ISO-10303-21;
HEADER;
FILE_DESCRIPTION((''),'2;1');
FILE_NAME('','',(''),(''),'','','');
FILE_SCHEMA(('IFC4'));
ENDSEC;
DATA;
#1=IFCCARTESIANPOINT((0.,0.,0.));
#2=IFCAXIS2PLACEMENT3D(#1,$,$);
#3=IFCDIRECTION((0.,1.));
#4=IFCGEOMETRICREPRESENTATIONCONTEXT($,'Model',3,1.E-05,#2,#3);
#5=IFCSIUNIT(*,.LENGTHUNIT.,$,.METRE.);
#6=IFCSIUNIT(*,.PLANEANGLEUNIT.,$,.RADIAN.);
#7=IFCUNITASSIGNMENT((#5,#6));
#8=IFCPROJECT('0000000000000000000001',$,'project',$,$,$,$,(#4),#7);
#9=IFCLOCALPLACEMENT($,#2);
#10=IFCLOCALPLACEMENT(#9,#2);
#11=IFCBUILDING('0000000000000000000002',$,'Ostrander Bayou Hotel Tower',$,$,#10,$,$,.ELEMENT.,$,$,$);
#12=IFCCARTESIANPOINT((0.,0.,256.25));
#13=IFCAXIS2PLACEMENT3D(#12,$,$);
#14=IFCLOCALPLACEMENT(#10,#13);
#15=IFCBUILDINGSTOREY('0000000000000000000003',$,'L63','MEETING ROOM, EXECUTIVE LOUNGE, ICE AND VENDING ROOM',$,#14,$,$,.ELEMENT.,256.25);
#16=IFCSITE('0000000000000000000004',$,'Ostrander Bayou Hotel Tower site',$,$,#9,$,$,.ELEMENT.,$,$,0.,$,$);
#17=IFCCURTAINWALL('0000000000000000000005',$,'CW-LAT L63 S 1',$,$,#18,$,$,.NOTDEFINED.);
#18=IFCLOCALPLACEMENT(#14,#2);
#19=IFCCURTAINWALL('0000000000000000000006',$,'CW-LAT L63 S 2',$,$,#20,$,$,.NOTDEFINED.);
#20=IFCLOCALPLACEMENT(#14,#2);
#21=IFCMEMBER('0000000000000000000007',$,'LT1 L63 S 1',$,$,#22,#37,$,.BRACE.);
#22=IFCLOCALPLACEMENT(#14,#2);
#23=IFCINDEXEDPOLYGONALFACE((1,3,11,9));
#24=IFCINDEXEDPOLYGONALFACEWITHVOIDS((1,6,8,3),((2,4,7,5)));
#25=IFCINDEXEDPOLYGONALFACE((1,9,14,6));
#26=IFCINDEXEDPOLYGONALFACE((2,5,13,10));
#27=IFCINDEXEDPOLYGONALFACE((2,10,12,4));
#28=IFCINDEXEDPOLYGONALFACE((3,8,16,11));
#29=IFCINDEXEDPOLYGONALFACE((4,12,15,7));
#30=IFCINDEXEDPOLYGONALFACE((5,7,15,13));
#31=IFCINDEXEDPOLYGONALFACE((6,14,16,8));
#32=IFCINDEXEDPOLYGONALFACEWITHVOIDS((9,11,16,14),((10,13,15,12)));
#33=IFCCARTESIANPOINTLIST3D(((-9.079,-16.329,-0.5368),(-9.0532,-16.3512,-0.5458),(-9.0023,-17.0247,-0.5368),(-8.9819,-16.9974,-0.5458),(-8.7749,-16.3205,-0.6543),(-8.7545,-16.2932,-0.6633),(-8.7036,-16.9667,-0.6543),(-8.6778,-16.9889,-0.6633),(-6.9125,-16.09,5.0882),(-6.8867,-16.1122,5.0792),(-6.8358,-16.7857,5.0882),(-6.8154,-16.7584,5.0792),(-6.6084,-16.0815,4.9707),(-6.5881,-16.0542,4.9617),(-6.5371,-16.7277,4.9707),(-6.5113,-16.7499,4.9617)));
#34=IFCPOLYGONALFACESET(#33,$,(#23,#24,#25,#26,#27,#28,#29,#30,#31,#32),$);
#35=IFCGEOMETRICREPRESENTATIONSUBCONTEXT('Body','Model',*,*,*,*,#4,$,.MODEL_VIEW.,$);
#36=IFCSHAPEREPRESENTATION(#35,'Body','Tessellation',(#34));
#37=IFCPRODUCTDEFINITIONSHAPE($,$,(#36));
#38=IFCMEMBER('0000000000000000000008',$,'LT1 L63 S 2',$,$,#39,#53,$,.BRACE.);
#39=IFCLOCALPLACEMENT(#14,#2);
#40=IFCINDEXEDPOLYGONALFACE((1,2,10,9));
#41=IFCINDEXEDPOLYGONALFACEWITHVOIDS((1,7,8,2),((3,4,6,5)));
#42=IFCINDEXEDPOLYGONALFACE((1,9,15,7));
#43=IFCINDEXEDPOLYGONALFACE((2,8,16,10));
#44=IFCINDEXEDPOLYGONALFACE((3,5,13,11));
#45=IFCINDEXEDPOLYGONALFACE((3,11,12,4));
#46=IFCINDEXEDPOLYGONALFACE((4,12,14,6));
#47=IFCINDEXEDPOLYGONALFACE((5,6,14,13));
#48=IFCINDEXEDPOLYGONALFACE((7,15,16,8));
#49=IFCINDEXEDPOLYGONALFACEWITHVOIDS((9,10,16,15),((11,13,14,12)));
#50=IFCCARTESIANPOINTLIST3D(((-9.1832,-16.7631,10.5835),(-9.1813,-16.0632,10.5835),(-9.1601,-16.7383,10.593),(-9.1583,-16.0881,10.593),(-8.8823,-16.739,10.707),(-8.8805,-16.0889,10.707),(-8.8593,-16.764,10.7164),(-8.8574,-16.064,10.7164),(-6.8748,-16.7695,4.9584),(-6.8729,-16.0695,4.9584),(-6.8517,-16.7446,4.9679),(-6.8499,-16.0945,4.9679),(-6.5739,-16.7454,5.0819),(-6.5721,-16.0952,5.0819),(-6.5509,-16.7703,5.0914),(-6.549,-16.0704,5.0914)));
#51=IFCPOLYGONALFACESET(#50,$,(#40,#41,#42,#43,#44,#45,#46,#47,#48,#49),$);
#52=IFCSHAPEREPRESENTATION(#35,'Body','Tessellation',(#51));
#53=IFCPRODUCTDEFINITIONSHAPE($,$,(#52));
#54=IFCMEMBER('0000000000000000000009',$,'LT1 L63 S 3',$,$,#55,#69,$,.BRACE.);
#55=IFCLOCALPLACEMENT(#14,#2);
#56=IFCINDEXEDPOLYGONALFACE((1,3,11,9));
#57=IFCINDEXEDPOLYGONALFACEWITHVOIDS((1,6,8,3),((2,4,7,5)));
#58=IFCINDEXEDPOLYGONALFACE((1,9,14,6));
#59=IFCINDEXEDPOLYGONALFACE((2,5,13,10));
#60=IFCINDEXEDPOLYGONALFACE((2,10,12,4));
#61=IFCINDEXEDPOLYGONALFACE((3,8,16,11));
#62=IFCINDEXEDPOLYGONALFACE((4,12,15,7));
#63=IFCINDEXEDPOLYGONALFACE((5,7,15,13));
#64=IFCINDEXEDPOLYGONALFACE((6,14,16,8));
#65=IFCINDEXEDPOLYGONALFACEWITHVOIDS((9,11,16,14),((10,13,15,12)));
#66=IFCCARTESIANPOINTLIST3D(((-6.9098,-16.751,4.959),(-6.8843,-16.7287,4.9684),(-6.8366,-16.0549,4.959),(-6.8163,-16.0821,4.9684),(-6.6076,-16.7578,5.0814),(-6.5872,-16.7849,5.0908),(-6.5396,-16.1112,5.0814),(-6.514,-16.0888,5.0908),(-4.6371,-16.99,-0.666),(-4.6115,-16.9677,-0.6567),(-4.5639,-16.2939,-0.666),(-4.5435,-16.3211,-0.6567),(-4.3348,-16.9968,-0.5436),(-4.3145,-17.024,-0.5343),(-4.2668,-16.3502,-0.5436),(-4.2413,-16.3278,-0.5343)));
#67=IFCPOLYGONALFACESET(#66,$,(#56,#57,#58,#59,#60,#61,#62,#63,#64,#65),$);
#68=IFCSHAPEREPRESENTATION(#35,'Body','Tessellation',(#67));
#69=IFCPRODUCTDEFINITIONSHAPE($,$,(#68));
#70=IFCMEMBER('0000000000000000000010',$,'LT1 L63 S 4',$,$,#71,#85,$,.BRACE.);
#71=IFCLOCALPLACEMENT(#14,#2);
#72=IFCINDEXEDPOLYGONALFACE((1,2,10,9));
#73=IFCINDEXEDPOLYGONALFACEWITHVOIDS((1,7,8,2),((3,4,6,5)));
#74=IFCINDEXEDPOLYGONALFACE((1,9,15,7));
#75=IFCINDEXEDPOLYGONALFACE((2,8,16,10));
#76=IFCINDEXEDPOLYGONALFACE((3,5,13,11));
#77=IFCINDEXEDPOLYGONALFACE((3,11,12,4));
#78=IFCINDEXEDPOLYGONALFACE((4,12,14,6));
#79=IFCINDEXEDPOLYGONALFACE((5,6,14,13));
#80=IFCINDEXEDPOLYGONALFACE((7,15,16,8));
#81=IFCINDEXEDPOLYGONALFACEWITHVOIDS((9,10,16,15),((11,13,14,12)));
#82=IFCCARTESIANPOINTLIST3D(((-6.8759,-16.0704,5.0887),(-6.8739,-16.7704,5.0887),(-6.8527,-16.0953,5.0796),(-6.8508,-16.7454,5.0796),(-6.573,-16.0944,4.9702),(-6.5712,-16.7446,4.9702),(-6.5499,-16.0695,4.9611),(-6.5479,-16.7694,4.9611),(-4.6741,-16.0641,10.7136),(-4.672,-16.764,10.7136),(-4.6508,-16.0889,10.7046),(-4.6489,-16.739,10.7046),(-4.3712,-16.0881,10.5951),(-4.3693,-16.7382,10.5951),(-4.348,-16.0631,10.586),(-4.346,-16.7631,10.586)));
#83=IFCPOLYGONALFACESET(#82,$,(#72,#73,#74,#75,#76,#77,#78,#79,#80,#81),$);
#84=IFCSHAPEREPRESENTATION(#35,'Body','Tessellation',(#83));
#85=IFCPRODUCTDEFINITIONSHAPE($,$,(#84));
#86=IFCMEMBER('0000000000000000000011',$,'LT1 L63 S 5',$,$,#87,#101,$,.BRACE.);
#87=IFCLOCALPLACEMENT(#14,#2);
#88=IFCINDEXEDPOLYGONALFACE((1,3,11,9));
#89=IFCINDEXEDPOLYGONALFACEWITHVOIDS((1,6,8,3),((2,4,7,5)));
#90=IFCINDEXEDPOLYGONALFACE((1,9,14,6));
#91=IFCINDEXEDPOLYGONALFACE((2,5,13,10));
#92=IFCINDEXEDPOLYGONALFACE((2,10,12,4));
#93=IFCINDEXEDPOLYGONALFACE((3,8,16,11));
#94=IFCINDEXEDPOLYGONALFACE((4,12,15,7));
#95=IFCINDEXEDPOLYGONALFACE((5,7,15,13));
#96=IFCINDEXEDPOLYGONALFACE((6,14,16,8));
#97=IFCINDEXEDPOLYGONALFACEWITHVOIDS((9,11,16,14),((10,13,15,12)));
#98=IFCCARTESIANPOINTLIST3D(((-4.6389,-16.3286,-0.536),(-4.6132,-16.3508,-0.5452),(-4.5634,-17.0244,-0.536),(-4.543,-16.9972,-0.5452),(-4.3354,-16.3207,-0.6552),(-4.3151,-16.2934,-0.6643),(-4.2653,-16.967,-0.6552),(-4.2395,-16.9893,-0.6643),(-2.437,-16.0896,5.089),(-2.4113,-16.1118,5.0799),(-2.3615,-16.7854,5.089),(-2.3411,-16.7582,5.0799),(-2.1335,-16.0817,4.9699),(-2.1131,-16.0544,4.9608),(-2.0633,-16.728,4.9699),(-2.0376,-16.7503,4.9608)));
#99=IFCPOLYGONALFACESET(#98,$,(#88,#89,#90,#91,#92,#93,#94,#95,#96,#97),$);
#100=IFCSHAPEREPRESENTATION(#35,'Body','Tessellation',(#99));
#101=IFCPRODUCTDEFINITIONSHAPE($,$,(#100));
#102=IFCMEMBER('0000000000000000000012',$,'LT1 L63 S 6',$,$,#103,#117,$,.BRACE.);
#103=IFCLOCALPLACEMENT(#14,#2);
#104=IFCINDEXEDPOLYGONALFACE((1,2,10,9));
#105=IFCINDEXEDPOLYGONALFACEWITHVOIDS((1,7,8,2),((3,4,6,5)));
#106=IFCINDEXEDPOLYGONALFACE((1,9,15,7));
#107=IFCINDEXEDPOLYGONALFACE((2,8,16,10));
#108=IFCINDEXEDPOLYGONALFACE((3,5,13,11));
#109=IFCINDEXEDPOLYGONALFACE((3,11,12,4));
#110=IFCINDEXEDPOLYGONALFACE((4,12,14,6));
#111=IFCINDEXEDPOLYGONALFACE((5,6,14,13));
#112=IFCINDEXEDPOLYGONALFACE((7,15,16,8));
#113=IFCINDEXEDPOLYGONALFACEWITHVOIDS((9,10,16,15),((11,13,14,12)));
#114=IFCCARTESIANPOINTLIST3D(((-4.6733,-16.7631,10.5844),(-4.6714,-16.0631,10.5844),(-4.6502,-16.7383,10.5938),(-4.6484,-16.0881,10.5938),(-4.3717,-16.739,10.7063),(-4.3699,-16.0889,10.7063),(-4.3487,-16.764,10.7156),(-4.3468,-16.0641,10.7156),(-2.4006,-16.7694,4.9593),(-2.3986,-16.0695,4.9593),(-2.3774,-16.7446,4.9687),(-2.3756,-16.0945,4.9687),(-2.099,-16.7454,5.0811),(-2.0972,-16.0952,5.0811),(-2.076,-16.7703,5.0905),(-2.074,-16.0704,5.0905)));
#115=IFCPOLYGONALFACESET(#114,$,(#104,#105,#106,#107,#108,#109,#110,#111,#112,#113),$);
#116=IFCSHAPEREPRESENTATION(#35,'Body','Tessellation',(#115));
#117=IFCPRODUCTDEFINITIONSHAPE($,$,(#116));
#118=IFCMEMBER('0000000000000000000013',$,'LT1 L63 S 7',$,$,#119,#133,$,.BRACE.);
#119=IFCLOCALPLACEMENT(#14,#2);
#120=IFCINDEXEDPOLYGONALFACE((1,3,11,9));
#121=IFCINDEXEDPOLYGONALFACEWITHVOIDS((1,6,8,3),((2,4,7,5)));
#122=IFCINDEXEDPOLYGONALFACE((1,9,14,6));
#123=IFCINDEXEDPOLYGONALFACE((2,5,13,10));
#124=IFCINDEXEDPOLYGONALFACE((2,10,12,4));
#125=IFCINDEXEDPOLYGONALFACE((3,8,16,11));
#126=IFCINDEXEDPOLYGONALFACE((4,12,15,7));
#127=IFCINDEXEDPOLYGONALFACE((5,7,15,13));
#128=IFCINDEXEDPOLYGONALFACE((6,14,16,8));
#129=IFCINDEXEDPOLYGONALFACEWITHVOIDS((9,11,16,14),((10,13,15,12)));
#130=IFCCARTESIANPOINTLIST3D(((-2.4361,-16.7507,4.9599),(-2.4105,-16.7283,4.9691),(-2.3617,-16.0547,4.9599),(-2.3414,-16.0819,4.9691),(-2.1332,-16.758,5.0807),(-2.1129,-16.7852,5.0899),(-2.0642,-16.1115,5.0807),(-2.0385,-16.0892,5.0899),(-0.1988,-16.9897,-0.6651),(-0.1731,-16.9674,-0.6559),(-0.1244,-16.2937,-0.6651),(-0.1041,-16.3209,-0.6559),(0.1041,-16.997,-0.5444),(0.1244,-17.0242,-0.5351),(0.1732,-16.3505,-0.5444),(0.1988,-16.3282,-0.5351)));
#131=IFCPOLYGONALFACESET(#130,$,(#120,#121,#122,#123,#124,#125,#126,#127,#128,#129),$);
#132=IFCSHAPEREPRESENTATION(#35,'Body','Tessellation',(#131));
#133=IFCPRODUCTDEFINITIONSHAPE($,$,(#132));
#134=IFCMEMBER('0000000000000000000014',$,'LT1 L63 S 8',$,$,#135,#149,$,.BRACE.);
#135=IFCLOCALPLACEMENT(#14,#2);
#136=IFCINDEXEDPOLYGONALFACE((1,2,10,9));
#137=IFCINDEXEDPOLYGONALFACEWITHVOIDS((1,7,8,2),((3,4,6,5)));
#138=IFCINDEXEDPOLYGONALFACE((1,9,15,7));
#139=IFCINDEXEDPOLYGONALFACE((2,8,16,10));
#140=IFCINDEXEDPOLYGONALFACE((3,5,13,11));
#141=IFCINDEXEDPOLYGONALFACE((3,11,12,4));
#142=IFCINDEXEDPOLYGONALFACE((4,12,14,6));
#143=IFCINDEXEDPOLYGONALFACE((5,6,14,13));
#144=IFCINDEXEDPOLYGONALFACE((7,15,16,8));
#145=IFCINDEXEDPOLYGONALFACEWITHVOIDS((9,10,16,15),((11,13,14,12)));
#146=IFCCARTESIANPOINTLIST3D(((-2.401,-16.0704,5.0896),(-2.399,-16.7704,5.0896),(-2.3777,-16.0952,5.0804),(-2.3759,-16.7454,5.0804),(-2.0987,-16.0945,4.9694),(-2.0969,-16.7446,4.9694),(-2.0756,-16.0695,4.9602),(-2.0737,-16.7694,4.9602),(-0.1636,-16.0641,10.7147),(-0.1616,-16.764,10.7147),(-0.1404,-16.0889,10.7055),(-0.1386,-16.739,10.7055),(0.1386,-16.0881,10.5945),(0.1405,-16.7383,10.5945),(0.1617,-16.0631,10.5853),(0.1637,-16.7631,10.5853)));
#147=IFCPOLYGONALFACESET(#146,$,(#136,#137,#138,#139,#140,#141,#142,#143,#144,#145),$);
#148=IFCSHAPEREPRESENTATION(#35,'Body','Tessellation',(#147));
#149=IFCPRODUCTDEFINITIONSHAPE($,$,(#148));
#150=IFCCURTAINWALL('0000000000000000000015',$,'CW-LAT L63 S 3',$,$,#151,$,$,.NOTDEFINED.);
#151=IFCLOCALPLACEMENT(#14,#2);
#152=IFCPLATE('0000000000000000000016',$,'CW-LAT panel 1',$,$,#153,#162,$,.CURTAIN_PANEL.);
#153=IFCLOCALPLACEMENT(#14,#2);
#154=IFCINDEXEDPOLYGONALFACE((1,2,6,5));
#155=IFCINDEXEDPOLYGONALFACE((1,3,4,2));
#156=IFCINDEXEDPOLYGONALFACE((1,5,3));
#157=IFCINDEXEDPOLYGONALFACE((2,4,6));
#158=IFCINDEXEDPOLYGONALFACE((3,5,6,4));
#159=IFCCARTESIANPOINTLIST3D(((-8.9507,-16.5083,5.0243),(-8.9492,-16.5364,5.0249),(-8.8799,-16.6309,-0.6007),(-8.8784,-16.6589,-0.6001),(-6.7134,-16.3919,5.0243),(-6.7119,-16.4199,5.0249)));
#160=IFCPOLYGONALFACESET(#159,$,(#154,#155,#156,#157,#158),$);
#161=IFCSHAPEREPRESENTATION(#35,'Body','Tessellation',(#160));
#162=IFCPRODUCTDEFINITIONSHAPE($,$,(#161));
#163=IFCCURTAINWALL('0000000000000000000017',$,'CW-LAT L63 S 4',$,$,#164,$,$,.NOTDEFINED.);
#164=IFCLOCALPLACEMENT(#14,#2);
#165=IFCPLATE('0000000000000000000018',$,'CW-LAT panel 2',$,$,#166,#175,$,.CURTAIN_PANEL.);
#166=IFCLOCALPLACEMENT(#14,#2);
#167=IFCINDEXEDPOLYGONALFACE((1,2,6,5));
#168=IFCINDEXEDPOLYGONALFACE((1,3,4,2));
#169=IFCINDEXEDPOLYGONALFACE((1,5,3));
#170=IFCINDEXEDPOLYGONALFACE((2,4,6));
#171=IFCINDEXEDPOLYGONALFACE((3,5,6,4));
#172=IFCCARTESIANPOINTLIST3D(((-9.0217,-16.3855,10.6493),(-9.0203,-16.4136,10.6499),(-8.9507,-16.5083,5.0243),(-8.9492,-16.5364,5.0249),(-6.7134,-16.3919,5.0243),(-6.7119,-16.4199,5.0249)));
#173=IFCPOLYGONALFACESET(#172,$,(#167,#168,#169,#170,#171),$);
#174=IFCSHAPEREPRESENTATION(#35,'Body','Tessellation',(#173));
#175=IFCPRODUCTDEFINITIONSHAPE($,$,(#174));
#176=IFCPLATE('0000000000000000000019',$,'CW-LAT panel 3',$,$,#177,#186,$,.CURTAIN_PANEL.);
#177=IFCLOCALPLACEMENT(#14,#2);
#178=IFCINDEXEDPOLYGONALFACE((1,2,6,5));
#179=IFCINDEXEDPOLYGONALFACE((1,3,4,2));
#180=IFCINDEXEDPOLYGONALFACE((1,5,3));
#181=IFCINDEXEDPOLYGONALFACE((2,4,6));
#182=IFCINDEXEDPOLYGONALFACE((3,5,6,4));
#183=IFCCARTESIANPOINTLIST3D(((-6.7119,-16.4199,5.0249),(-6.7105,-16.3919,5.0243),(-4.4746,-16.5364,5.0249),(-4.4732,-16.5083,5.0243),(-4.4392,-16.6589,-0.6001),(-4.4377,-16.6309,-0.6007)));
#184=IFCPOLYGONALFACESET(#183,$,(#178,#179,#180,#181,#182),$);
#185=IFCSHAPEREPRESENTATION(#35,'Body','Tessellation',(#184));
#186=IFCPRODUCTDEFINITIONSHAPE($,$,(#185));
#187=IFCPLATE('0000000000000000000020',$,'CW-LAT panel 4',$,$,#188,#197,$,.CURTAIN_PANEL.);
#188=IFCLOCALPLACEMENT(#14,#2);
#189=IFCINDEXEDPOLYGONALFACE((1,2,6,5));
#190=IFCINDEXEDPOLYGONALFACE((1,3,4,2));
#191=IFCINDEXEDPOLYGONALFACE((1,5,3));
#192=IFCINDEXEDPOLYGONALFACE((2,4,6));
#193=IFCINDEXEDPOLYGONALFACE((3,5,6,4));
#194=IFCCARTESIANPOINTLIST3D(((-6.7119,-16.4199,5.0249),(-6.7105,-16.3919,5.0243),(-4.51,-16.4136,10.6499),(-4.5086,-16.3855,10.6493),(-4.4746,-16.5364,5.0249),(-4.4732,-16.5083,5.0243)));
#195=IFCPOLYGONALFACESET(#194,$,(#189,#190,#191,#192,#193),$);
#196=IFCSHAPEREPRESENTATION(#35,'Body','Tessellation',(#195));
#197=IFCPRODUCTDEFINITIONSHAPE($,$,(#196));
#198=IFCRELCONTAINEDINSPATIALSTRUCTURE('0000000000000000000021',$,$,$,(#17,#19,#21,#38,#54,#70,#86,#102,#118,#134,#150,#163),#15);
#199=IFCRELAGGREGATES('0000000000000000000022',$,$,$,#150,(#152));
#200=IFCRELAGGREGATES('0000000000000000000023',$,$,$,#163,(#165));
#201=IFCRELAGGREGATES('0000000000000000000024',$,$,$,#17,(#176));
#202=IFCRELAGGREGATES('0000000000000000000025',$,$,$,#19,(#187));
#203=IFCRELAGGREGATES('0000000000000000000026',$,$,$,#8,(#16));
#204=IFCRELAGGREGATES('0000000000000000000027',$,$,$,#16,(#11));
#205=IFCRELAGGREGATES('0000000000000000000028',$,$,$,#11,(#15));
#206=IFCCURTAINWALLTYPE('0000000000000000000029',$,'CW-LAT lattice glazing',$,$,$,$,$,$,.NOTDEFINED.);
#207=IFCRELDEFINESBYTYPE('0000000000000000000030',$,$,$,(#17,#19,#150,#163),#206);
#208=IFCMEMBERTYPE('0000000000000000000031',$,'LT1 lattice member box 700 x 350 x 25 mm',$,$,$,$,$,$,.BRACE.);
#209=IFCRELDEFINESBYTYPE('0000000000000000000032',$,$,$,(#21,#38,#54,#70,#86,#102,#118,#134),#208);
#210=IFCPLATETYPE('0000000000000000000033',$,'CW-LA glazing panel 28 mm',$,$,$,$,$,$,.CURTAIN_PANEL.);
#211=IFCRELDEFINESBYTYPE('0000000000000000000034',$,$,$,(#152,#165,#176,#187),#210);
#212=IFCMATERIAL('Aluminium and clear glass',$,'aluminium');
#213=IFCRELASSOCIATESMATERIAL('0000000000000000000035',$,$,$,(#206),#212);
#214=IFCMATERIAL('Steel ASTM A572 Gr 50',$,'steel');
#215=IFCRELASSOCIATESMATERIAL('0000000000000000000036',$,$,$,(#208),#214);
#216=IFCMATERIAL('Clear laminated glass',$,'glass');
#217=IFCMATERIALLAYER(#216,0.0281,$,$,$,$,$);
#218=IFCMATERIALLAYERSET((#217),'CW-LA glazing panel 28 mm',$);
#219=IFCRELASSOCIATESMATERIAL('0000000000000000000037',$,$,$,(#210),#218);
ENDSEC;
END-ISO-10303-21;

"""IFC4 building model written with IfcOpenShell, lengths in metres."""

from ifc_helpers import new_model, si_unit, direction, frame, origin, origin_2d, place, context, subcontext, project, spatial, polyline, hollow_rectangle, outline, extrude, material, layer, layer_set, material_profile, profile_set, type_object, element, aggregate, save


model = new_model("IFC4")

# Units and contexts
model_context = context("Model", 3, precision=1e-05, world=origin(), true_north=direction((0.0, 1.0)))
body_context = subcontext(model_context, "Body", "Model", "MODEL_VIEW")
ifc_project = project(units=[si_unit("LENGTHUNIT", "METRE"), si_unit("PLANEANGLEUNIT", "RADIAN")], contexts=[model_context])

# Site, building, storey
site_placement = place(None, origin())
site = spatial("IfcSite", under=ifc_project, at=site_placement, Name="Ostrander Bayou Hotel Tower site", CompositionType="ELEMENT", RefElevation=0.0)
building_placement = place(site_placement, origin())
building = spatial("IfcBuilding", under=site, at=building_placement, Name="Ostrander Bayou Hotel Tower", CompositionType="ELEMENT")
storey_placement = place(building_placement, frame((0.0, 0.0, 256.25)))
storey = spatial("IfcBuildingStorey", under=building, at=storey_placement, Name="L63", Description="MEETING ROOM, EXECUTIVE LOUNGE, ICE AND VENDING ROOM", CompositionType="ELEMENT", Elevation=256.25)

# Curtain walls
ifc_material_1 = material(Name="Aluminium and clear glass", Category="aluminium")
curtain_wall_type = type_object("IfcCurtainWallType", Name="CW-LAT lattice glazing", PredefinedType="NOTDEFINED", material=ifc_material_1)
curtain_wall_1_placement = place(storey_placement, origin())
curtain_wall_1 = element("IfcCurtainWall", 1, at=curtain_wall_1_placement, inside=storey, type_object=curtain_wall_type, Name="CW-LAT L63 S 1", PredefinedType="NOTDEFINED")
curtain_wall_2_placement = place(storey_placement, origin())
curtain_wall_2 = element("IfcCurtainWall", 2, at=curtain_wall_2_placement, inside=storey, type_object=curtain_wall_type, Name="CW-LAT L63 S 2", PredefinedType="NOTDEFINED")

# Members
ifc_material_2 = material(Name="Steel ASTM A572 Gr 50", Category="steel")
ifc_material_profile_1 = material_profile(ifc_material_2, hollow_rectangle(XDim=0.7, YDim=0.3501, WallThickness=0.0249, at=origin_2d()))
ifc_profile_set_1 = profile_set([ifc_material_profile_1], Name="Steel ASTM A572 Gr 50")
member_type_1 = type_object("IfcMemberType", Name="LT1 lattice member box 700 x 350 x 25 mm", PredefinedType="BRACE", material=ifc_profile_set_1)
member_1_placement = place(storey_placement, frame((-6.7119, -16.4199, 5.0249), z_axis=(-0.359137, -0.039621, -0.932444), x_axis=(0.109657, -0.993969, 0.0)))
element("IfcMember", 3, at=member_1_placement, inside=storey, type_object=member_type_1, Name="LT1 L63 S 1", PredefinedType="BRACE", context=body_context, shape_type="SweptSolid", body=[
    extrude(hollow_rectangle(XDim=0.7, YDim=0.3501, WallThickness=0.0249, at=origin_2d()), origin(), (0.0, 0.0, 1.0), 6.0325),
])
member_2_placement = place(storey_placement, frame((-6.7119, -16.4199, 5.0249), z_axis=(-0.379649, 0.001044, 0.92513), x_axis=(-0.00275, -0.999996, 0.0)))
element("IfcMember", 4, at=member_2_placement, inside=storey, type_object=member_type_1, Name="LT1 L63 S 2", PredefinedType="BRACE", context=body_context, shape_type="SweptSolid", body=[
    extrude(hollow_rectangle(XDim=0.7, YDim=0.3501, WallThickness=0.0249, at=origin_2d()), origin(), (0.0, 0.0, 1.0), 6.0803),
])
member_3_placement = place(storey_placement, frame((-6.7119, -16.4199, 5.0249), z_axis=(0.374324, -0.039367, -0.926462), x_axis=(0.10459, 0.994515, 0.0)))
element("IfcMember", 5, at=member_3_placement, inside=storey, type_object=member_type_1, Name="LT1 L63 S 3", PredefinedType="BRACE", context=body_context, shape_type="SweptSolid", body=[
    extrude(hollow_rectangle(XDim=0.7, YDim=0.3501, WallThickness=0.0249, at=origin_2d()), origin(), (0.0, 0.0, 1.0), 6.0715),
])
member_4_placement = place(storey_placement, frame((-6.7119, -16.4199, 5.0249), z_axis=(0.364516, 0.001051, 0.931196), x_axis=(-0.002883, 0.999996, 0.0)))
element("IfcMember", 6, at=member_4_placement, inside=storey, type_object=member_type_1, Name="LT1 L63 S 4", PredefinedType="BRACE", context=body_context, shape_type="SweptSolid", body=[
    extrude(hollow_rectangle(XDim=0.7, YDim=0.3501, WallThickness=0.0249, at=origin_2d()), origin(), (0.0, 0.0, 1.0), 6.0405),
])
member_5_placement = place(storey_placement, frame((-2.2373, -16.4199, 5.0249), z_axis=(-0.364232, -0.039537, -0.930469), x_axis=(0.107915, -0.99416, 0.0)))
element("IfcMember", 7, at=member_5_placement, inside=storey, type_object=member_type_1, Name="LT1 L63 S 5", PredefinedType="BRACE", context=body_context, shape_type="SweptSolid", body=[
    extrude(hollow_rectangle(XDim=0.7, YDim=0.3501, WallThickness=0.0249, at=origin_2d()), origin(), (0.0, 0.0, 1.0), 6.0454),
])
member_6_placement = place(storey_placement, frame((-2.2373, -16.4199, 5.0249), z_axis=(-0.374615, 0.001046, 0.92718), x_axis=(-0.002793, -0.999996, 0.0)))
element("IfcMember", 8, at=member_6_placement, inside=storey, type_object=member_type_1, Name="LT1 L63 S 6", PredefinedType="BRACE", context=body_context, shape_type="SweptSolid", body=[
    extrude(hollow_rectangle(XDim=0.7, YDim=0.3501, WallThickness=0.0249, at=origin_2d()), origin(), (0.0, 0.0, 1.0), 6.0669),
])
member_7_placement = place(storey_placement, frame((-2.2373, -16.4199, 5.0249), z_axis=(0.369294, -0.039452, -0.928475), x_axis=(0.106227, 0.994342, 0.0)))
element("IfcMember", 9, at=member_7_placement, inside=storey, type_object=member_type_1, Name="LT1 L63 S 7", PredefinedType="BRACE", context=body_context, shape_type="SweptSolid", body=[
    extrude(hollow_rectangle(XDim=0.7, YDim=0.3501, WallThickness=0.0249, at=origin_2d()), origin(), (0.0, 0.0, 1.0), 6.0583),
])
member_8_placement = place(storey_placement, frame((-2.2373, -16.4199, 5.0249), z_axis=(0.369582, 0.001049, 0.929198), x_axis=(-0.002837, 0.999996, 0.0)))
element("IfcMember", 10, at=member_8_placement, inside=storey, type_object=member_type_1, Name="LT1 L63 S 8", PredefinedType="BRACE", context=body_context, shape_type="SweptSolid", body=[
    extrude(hollow_rectangle(XDim=0.7, YDim=0.3501, WallThickness=0.0249, at=origin_2d()), origin(), (0.0, 0.0, 1.0), 6.0537),
])

# Curtain walls, plates
curtain_wall_3_placement = place(storey_placement, origin())
curtain_wall_3 = element("IfcCurtainWall", 11, at=curtain_wall_3_placement, inside=storey, type_object=curtain_wall_type, Name="CW-LAT L63 S 3", PredefinedType="NOTDEFINED")
ifc_material_3 = material(Name="Clear laminated glass", Category="glass")
ifc_layer_1 = layer(ifc_material_3, 0.0281)
ifc_layer_set_1 = layer_set([ifc_layer_1], Name="CW-LA glazing panel 28 mm")
plate_type = type_object("IfcPlateType", Name="CW-LA glazing panel 28 mm", PredefinedType="CURTAIN_PANEL", material=ifc_layer_set_1)
plate_1_placement = place(storey_placement, frame((-6.7119, -16.4199, 5.0249), z_axis=(0.051968, -0.998397, 0.022407), x_axis=(-0.359137, -0.039621, -0.932444)))
plate_1 = element("IfcPlate", 12, at=plate_1_placement, type_object=plate_type, Name="CW-LAT panel 1", PredefinedType="CURTAIN_PANEL", context=body_context, shape_type="SweptSolid", body=[
    extrude(outline(polyline([(0.0, 0.0), (6.0325, 0.0), (0.8081, -2.0895), (0.0, 0.0)])), origin(), (0.0, 0.0, -1.0), 0.0281),
])
curtain_wall_4_placement = place(storey_placement, origin())
curtain_wall_4 = element("IfcCurtainWall", 13, at=curtain_wall_4_placement, inside=storey, type_object=curtain_wall_type, Name="CW-LAT L63 S 4", PredefinedType="NOTDEFINED")
plate_2_placement = place(storey_placement, frame((-6.7119, -16.4199, 5.0249), z_axis=(0.051968, -0.998396, 0.022453), x_axis=(-0.379649, 0.001044, 0.92513)))
plate_2 = element("IfcPlate", 14, at=plate_2_placement, type_object=plate_type, Name="CW-LAT panel 2", PredefinedType="CURTAIN_PANEL", context=body_context, shape_type="SweptSolid", body=[
    extrude(outline(polyline([(0.0, 0.0), (6.0802, 0.0), (0.8493, 2.0731), (0.0, 0.0)])), origin(), (0.0, 0.0, -1.0), 0.0281),
])

# Plates
plate_3_placement = place(storey_placement, frame((-6.7119, -16.4199, 5.0249), z_axis=(-0.051969, -0.998419, 0.021427), x_axis=(0.374324, -0.039367, -0.926462)))
plate_3 = element("IfcPlate", 15, at=plate_3_placement, type_object=plate_type, Name="CW-LAT panel 3", PredefinedType="CURTAIN_PANEL", context=body_context, shape_type="SweptSolid", body=[
    extrude(outline(polyline([(0.0, 0.0), (6.0715, 0.0), (0.8421, 2.0761), (0.0, 0.0)])), origin(), (0.0, 0.0, -1.0), 0.0281),
])
plate_4_placement = place(storey_placement, frame((-6.7119, -16.4199, 5.0249), z_axis=(-0.051969, -0.998418, 0.02147), x_axis=(0.364516, 0.001051, 0.931196)))
plate_4 = element("IfcPlate", 16, at=plate_4_placement, type_object=plate_type, Name="CW-LAT panel 4", PredefinedType="CURTAIN_PANEL", context=body_context, shape_type="SweptSolid", body=[
    extrude(outline(polyline([(0.0, 0.0), (6.0406, 0.0), (0.8154, -2.0867), (0.0, 0.0)])), origin(), (0.0, 0.0, -1.0), 0.0281),
])
aggregate(curtain_wall_3, [plate_1])
aggregate(curtain_wall_4, [plate_2])
aggregate(curtain_wall_1, [plate_3])
aggregate(curtain_wall_2, [plate_4])

save(model, "model.ifc")
